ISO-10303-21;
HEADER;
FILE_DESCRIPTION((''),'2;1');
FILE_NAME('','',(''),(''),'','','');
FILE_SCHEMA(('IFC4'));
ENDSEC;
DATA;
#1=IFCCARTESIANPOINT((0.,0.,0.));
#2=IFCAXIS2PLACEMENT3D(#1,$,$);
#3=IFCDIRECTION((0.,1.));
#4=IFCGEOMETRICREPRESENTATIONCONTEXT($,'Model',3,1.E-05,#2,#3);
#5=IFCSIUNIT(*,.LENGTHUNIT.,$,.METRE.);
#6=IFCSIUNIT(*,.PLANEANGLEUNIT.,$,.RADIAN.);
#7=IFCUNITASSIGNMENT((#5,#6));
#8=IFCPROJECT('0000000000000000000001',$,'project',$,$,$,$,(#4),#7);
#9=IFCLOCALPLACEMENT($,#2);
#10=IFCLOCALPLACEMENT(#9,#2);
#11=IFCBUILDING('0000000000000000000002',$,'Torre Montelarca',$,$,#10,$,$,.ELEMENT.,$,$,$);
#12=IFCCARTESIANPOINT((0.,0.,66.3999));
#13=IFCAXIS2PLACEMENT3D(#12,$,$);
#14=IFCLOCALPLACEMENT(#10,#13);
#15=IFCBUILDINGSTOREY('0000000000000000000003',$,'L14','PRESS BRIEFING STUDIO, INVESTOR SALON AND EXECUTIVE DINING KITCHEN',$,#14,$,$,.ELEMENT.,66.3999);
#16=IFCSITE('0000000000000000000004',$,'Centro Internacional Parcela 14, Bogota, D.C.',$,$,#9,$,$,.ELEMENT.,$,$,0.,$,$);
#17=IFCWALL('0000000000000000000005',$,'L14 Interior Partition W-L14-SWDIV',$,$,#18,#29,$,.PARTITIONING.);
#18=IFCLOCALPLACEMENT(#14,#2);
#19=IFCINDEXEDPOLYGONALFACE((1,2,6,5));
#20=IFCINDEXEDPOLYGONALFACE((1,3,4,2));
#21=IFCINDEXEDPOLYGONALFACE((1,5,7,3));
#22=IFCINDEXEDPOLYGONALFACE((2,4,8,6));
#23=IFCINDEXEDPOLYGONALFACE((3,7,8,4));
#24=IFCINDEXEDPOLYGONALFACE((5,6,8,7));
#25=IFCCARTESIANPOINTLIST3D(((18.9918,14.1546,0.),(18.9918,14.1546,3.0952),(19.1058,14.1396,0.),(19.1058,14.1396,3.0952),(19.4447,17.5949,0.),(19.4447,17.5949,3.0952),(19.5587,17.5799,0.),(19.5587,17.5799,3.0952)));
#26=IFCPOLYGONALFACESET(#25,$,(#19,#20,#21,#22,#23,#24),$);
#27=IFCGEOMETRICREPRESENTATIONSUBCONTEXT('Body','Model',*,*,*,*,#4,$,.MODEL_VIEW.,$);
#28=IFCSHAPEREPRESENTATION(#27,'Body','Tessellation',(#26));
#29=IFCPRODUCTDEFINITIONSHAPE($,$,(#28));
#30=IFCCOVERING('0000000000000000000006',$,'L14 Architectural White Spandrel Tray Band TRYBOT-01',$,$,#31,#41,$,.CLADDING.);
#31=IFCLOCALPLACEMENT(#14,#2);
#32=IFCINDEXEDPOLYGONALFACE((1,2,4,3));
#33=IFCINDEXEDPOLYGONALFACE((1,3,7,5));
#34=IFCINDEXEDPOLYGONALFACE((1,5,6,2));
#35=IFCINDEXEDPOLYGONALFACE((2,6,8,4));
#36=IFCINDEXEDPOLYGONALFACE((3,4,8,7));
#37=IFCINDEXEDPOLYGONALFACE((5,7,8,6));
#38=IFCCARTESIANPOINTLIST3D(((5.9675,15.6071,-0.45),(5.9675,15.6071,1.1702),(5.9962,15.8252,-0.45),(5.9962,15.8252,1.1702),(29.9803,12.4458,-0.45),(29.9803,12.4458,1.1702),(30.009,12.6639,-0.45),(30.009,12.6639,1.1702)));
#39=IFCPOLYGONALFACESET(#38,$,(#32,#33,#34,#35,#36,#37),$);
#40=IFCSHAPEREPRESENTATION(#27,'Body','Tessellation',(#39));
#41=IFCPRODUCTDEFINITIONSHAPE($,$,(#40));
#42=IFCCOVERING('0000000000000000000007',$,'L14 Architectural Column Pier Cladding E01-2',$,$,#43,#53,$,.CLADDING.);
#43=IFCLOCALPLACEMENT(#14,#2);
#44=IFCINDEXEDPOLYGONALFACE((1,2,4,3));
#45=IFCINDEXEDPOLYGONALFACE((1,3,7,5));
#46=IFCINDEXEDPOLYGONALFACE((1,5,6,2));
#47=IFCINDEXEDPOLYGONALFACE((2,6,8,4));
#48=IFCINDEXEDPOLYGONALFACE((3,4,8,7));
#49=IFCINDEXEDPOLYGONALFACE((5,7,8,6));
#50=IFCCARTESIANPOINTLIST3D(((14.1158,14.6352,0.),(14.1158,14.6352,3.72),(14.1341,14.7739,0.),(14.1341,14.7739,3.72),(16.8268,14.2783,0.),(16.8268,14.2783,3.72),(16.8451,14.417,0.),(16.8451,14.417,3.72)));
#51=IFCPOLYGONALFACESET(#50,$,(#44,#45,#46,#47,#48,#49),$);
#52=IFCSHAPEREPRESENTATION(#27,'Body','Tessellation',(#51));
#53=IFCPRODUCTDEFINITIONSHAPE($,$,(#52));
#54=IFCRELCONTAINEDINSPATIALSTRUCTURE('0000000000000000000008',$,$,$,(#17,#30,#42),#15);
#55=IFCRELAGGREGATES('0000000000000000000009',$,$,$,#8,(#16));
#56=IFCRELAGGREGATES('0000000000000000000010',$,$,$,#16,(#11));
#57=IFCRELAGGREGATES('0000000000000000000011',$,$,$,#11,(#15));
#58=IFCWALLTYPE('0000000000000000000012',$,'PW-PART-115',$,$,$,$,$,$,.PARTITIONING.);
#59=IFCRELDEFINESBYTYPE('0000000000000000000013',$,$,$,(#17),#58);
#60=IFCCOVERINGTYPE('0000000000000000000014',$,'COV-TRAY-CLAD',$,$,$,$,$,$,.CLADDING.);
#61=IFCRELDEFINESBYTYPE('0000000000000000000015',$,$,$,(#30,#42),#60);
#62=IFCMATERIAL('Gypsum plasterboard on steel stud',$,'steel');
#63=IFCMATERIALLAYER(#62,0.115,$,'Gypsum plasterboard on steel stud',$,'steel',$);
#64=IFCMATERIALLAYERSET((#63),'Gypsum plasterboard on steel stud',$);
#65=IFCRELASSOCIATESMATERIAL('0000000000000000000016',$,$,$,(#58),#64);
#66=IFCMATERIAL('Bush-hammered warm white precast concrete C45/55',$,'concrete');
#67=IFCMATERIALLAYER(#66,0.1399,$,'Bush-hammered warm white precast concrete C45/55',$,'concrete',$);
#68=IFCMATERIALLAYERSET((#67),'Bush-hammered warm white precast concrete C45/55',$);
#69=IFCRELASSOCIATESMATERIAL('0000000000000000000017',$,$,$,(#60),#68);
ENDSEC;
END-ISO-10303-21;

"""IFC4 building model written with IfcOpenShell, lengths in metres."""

from ifc_helpers import new_model, si_unit, direction, frame, frame_2d, origin, origin_2d, place, context, subcontext, project, spatial, rectangle, extrude, source, transform, mapped, material, layer, layer_set, type_object, element, save


model = new_model("IFC4")

# Units and contexts
model_context = context("Model", 3, precision=1e-05, world=origin(), true_north=direction((0.0, 1.0)))
body_context = subcontext(model_context, "Body", "Model", "MODEL_VIEW")
ifc_project = project(units=[si_unit("LENGTHUNIT", "METRE"), si_unit("PLANEANGLEUNIT", "RADIAN")], contexts=[model_context])

# Site, building, storey
site_placement = place(None, origin())
site = spatial("IfcSite", under=ifc_project, at=site_placement, Name="Centro Internacional Parcela 14, Bogota, D.C.", CompositionType="ELEMENT", RefElevation=0.0)
building_placement = place(site_placement, origin())
building = spatial("IfcBuilding", under=site, at=building_placement, Name="Torre Montelarca", CompositionType="ELEMENT")
storey_placement = place(building_placement, frame((0.0, 0.0, 66.3999)))
storey = spatial("IfcBuildingStorey", under=building, at=storey_placement, Name="L14", Description="PRESS BRIEFING STUDIO, INVESTOR SALON AND EXECUTIVE DINING KITCHEN", CompositionType="ELEMENT", Elevation=66.3999)

# Wall
ifc_material_1 = material(Name="Gypsum plasterboard on steel stud", Category="steel")
ifc_layer_1 = layer(ifc_material_1, 0.115, Name="Gypsum plasterboard on steel stud", Category="steel")
ifc_layer_set_1 = layer_set([ifc_layer_1], Name="Gypsum plasterboard on steel stud")
wall_type_1 = type_object("IfcWallType", Name="PW-PART-115", PredefinedType="PARTITIONING", material=ifc_layer_set_1)
wall_1_placement = place(storey_placement, frame((19.0488, 14.1472, 0.0), z_axis=(0.0, 0.0, 1.0), x_axis=(0.130518, 0.991446, 0.0)))
element("IfcWall", 1, at=wall_1_placement, inside=storey, type_object=wall_type_1, Name="L14 Interior Partition W-L14-SWDIV", PredefinedType="PARTITIONING", context=body_context, shape_type="SweptSolid", body=[
    extrude(rectangle(XDim=3.47, YDim=0.115, at=frame_2d((1.7349, 0.0))), origin(), (0.0, 0.0, 1.0), 3.0952),
])

# Coverings
ifc_material_2 = material(Name="Bush-hammered warm white precast concrete C45/55", Category="concrete")
ifc_layer_2 = layer(ifc_material_2, 0.1399, Name="Bush-hammered warm white precast concrete C45/55", Category="concrete")
ifc_layer_set_2 = layer_set([ifc_layer_2], Name="Bush-hammered warm white precast concrete C45/55")
covering_type = type_object("IfcCoveringType", Name="COV-TRAY-CLAD", PredefinedType="CLADDING", material=ifc_layer_set_2)
shared_shape_1 = source(origin(), body_context, "Body", "SweptSolid", [
    extrude(rectangle(XDim=24.22, YDim=0.22, at=origin_2d()), origin(), (0.0, 0.0, 1.0), 1.6201),
])
covering_1_placement = place(storey_placement, frame((17.9883, 14.1355, -0.45), z_axis=(0.0, 0.0, 1.0), x_axis=(0.991445, -0.130523, 0.0)))
element("IfcCovering", 2, at=covering_1_placement, inside=storey, type_object=covering_type, Name="L14 Architectural White Spandrel Tray Band TRYBOT-01", PredefinedType="CLADDING", context=body_context, shape_type="MappedRepresentation", body=[
    mapped(shared_shape_1, transform((0.0, 0.0, 0.0), scale=1.0)),
])
shared_shape_2 = source(origin(), body_context, "Body", "SweptSolid", [
    extrude(rectangle(XDim=2.7344, YDim=0.1399, at=origin_2d()), origin(), (0.0, 0.0, 1.0), 3.72),
])
covering_2_placement = place(storey_placement, frame((15.4805, 14.5261, 0.0), z_axis=(0.0, 0.0, 1.0), x_axis=(0.991445, -0.130523, 0.0)))
element("IfcCovering", 3, at=covering_2_placement, inside=storey, type_object=covering_type, Name="L14 Architectural Column Pier Cladding E01-2", PredefinedType="CLADDING", context=body_context, shape_type="MappedRepresentation", body=[
    mapped(shared_shape_2, transform((0.0, 0.0, 0.0), scale=1.0)),
])

save(model, "model.ifc")
